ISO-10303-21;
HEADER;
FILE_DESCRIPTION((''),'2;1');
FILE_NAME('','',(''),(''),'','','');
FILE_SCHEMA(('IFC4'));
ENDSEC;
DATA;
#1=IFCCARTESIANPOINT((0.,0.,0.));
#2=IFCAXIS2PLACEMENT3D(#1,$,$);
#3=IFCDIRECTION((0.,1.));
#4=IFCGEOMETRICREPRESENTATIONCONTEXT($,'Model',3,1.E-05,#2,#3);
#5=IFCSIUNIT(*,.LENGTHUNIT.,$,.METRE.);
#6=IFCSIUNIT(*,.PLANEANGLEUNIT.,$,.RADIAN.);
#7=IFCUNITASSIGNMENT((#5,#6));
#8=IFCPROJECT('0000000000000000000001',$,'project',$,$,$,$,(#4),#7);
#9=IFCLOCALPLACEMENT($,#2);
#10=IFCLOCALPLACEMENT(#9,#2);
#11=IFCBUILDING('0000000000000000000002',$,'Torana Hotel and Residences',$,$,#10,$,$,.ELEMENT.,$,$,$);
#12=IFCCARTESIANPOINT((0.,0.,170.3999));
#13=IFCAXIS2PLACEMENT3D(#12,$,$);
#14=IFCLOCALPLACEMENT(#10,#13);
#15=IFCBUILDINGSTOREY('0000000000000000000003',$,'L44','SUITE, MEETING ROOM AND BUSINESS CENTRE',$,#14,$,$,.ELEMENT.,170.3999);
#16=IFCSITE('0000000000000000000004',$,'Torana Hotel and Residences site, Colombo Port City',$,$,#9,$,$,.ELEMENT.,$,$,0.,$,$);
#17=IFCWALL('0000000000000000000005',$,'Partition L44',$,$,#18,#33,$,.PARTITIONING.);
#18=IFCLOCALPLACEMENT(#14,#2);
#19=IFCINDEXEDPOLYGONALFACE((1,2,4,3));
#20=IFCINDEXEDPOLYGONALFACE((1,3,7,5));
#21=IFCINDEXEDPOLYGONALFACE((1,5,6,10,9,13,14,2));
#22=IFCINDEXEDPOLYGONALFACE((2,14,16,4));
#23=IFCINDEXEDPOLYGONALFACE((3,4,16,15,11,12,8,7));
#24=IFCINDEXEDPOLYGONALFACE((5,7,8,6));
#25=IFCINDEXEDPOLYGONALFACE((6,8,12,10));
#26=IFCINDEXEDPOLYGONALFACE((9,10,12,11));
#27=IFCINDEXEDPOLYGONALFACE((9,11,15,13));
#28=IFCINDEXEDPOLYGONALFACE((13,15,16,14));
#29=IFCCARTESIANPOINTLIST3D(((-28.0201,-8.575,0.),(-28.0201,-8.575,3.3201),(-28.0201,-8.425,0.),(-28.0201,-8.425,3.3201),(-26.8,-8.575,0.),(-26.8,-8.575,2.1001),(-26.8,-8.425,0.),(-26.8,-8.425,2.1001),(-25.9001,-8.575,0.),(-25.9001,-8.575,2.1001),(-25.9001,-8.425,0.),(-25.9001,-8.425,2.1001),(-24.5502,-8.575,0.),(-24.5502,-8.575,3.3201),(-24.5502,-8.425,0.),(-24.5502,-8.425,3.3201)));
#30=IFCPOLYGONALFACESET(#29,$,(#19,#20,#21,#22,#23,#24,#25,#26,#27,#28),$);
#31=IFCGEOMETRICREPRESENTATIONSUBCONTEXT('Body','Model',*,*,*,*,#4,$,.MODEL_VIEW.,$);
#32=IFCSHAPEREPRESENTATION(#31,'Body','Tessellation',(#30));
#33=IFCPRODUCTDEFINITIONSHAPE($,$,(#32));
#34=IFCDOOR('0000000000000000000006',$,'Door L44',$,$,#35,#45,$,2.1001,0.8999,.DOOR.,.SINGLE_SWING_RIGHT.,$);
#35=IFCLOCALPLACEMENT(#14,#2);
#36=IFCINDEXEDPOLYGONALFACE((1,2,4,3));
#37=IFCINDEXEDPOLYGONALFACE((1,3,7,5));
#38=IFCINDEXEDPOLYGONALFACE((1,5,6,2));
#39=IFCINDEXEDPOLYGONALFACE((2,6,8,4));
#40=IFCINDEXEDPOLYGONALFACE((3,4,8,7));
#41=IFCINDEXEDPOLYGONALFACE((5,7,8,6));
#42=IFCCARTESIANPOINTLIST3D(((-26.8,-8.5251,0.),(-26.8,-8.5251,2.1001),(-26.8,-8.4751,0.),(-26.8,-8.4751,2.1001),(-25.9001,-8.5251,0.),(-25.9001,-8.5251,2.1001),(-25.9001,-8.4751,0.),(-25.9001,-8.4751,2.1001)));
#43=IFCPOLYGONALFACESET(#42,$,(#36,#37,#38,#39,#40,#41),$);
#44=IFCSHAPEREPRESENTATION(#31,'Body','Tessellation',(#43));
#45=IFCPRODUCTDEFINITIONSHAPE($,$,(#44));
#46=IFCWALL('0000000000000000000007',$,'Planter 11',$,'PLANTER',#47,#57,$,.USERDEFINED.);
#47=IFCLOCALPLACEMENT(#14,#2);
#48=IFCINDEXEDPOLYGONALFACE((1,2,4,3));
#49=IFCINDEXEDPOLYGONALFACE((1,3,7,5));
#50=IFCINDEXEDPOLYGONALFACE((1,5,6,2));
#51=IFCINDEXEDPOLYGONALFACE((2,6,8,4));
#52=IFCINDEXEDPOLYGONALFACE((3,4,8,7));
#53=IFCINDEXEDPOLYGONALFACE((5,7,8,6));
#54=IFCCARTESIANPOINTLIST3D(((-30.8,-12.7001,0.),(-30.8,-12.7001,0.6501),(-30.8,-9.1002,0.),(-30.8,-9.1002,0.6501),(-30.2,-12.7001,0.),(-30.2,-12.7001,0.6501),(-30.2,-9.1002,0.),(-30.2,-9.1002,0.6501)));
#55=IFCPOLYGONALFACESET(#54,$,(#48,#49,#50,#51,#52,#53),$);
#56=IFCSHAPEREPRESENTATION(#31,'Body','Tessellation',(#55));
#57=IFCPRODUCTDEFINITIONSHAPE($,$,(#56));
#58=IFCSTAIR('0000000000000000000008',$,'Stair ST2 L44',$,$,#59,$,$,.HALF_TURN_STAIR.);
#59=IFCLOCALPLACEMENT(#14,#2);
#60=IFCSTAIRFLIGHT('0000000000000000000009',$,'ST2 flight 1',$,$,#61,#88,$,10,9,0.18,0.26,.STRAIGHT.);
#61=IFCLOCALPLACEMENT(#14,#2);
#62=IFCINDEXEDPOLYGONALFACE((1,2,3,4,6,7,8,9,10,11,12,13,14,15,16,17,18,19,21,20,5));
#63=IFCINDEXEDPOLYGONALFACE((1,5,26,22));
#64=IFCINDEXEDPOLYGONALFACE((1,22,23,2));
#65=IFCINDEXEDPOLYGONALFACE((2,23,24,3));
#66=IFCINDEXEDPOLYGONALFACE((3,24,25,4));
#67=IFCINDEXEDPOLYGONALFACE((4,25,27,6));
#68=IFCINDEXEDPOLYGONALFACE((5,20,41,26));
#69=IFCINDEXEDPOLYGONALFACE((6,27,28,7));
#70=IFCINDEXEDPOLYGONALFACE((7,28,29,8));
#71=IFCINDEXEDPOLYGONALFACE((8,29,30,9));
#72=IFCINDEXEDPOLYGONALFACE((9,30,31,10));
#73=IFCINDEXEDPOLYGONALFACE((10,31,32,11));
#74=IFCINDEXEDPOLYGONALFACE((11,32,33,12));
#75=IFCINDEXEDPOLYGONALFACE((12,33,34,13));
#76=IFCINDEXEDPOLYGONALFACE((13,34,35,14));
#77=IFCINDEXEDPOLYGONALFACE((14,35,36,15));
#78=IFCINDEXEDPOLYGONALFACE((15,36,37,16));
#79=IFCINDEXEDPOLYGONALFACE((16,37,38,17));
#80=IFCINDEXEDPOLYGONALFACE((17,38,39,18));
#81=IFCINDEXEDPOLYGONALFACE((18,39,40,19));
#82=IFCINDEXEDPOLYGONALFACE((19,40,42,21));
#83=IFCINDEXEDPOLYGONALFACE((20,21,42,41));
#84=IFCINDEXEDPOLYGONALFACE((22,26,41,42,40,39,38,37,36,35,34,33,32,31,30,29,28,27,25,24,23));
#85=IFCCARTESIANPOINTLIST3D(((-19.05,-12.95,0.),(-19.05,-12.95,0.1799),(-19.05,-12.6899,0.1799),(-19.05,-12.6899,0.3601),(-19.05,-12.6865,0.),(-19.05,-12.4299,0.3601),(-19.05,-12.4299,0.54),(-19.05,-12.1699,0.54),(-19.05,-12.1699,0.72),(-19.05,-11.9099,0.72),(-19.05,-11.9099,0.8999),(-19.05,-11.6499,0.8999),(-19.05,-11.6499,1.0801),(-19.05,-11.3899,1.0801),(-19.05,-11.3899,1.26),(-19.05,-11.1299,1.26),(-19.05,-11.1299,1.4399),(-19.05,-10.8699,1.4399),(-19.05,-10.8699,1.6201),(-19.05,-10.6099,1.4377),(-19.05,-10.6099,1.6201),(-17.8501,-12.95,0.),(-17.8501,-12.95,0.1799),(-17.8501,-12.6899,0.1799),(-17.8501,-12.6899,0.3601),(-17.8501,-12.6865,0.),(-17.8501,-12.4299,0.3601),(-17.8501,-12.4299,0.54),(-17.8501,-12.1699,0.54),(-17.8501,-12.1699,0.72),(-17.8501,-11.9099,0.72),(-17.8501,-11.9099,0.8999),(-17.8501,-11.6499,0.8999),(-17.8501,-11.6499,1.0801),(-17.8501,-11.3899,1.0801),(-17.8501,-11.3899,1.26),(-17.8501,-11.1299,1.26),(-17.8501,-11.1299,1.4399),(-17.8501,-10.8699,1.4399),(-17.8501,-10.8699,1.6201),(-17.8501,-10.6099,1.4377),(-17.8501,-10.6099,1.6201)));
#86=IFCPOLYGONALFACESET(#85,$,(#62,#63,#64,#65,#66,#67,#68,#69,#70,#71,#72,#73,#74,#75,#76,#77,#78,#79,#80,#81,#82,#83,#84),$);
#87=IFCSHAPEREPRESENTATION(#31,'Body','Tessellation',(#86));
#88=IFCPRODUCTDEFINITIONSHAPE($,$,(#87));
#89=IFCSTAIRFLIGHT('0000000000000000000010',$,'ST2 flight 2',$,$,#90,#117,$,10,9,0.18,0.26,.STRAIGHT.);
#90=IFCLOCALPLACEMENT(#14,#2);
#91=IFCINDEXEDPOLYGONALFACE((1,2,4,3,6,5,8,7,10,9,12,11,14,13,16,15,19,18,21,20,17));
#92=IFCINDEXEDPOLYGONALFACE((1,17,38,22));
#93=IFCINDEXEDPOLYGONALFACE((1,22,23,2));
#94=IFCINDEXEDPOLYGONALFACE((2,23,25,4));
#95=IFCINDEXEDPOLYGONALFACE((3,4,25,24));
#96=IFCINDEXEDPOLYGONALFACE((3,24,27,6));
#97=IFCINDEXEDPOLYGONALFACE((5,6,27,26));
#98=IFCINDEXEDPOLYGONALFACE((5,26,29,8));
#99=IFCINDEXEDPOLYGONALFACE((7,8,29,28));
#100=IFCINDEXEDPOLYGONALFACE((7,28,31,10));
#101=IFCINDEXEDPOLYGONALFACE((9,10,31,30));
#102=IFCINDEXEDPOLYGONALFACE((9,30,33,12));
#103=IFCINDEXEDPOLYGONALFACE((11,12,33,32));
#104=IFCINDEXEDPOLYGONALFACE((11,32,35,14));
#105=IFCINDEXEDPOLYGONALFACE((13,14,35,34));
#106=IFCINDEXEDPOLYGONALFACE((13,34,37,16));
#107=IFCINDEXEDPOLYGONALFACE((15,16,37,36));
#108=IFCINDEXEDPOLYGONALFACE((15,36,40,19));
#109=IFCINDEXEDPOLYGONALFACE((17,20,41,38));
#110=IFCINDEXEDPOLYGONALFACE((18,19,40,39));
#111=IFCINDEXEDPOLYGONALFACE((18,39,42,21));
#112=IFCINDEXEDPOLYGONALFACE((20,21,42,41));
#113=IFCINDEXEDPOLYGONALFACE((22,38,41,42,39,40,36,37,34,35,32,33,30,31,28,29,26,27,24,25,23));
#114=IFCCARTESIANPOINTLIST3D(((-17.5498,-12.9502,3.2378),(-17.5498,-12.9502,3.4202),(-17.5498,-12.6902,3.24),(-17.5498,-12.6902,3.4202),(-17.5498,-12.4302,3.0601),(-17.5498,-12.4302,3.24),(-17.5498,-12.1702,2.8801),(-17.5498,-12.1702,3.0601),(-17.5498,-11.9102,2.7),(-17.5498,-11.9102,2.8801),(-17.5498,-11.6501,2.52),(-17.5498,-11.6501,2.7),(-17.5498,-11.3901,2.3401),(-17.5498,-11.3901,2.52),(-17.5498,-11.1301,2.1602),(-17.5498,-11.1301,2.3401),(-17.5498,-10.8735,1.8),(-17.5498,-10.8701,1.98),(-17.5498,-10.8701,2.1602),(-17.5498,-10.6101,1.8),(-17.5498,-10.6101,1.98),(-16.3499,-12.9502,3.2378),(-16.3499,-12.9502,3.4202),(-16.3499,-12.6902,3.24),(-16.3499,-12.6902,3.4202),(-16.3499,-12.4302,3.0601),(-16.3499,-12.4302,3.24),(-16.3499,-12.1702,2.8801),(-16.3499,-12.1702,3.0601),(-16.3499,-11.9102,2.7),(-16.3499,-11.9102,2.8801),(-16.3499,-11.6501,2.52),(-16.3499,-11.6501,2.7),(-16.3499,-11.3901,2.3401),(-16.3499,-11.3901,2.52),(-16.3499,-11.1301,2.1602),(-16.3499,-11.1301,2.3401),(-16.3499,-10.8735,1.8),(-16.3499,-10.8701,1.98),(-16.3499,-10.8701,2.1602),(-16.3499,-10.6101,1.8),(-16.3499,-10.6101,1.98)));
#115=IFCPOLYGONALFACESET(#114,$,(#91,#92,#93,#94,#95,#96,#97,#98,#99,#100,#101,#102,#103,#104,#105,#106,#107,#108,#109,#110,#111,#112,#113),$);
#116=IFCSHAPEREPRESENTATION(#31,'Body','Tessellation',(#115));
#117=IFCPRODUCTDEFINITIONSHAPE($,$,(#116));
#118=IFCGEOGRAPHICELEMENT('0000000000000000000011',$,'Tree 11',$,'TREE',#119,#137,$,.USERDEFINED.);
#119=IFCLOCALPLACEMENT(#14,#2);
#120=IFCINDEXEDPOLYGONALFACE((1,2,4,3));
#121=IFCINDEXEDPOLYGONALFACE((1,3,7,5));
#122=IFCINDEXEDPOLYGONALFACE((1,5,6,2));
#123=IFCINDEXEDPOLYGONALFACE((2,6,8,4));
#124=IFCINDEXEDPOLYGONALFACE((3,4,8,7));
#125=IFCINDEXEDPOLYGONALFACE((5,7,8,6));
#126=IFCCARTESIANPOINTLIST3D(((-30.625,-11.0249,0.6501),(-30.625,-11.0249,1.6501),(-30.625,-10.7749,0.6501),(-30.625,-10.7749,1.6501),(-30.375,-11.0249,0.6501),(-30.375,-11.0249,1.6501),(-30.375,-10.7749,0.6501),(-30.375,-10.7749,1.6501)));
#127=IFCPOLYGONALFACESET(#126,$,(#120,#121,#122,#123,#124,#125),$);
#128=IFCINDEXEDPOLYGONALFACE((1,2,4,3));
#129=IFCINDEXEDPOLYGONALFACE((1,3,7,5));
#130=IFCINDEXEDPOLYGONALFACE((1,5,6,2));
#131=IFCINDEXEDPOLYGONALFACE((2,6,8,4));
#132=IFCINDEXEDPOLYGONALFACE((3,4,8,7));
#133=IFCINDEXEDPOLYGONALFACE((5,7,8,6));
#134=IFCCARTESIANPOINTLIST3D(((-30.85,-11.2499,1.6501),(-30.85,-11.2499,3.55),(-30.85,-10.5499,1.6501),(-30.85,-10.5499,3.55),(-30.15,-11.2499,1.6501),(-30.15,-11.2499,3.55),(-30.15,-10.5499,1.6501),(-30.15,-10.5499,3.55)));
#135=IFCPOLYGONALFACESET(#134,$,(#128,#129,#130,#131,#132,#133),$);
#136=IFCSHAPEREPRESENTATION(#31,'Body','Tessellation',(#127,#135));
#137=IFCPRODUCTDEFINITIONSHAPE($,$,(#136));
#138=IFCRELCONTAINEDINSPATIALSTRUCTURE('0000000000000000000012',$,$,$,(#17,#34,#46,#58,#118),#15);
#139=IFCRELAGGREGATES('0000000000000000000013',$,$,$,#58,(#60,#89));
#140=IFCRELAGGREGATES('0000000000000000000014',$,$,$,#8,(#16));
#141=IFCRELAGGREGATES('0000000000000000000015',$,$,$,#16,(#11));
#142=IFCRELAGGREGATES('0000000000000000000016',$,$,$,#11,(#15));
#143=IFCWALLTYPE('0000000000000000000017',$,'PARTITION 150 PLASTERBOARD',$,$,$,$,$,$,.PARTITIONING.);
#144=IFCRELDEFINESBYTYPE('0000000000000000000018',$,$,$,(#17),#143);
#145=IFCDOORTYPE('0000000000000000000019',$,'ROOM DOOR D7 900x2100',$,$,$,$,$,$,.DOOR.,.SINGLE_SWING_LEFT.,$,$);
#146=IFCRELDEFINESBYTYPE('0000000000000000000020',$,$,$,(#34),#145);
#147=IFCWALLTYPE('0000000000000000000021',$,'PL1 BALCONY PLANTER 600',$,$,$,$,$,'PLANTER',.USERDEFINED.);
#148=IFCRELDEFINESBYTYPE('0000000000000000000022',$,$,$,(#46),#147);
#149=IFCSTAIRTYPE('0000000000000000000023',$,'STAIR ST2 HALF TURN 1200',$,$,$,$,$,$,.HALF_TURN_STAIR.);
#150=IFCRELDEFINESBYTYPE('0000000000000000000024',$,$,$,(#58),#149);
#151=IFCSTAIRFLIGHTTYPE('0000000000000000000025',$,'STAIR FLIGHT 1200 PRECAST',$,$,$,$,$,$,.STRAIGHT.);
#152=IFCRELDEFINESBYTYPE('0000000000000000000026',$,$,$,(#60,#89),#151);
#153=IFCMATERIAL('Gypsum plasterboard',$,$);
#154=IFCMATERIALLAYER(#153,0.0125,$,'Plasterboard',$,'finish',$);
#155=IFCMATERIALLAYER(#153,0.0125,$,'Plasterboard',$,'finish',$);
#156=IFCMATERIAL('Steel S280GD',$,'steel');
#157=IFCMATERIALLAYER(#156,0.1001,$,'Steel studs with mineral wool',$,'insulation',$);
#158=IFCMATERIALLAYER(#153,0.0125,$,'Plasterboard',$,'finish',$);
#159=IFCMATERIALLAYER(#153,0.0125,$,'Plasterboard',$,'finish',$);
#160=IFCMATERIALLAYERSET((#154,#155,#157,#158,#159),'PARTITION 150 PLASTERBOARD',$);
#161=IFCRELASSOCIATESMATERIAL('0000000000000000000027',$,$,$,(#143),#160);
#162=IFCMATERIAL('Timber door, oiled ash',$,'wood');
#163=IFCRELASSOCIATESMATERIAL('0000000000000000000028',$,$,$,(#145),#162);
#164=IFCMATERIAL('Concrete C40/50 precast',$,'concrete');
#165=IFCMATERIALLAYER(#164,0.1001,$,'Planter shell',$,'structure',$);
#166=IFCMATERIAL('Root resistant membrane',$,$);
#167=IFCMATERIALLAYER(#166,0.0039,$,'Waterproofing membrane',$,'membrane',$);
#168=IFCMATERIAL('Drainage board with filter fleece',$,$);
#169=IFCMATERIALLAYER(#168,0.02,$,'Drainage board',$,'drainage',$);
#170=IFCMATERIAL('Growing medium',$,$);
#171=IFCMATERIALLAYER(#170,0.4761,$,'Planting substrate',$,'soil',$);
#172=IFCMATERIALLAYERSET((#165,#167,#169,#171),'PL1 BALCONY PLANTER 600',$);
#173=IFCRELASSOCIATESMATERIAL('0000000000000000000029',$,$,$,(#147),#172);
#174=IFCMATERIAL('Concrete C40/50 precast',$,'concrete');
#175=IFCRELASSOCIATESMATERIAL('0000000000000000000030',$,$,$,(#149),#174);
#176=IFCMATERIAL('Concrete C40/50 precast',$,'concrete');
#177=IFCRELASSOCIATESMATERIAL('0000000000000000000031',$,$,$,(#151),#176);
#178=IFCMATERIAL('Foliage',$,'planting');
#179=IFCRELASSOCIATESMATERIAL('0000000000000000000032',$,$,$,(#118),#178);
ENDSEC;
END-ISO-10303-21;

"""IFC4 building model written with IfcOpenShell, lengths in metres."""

from ifc_helpers import new_model, si_unit, direction, frame, frame_2d, origin, origin_2d, place, context, subcontext, project, spatial, polyline, rectangle, outline, extrude, material, layer, layer_set, type_object, element, fill, aggregate, save


model = new_model("IFC4")

# Units and contexts
model_context = context("Model", 3, precision=1e-05, world=origin(), true_north=direction((0.0, 1.0)))
body_context = subcontext(model_context, "Body", "Model", "MODEL_VIEW")
ifc_project = project(units=[si_unit("LENGTHUNIT", "METRE"), si_unit("PLANEANGLEUNIT", "RADIAN")], contexts=[model_context])

# Site, building, storey
site_placement = place(None, origin())
site = spatial("IfcSite", under=ifc_project, at=site_placement, Name="Torana Hotel and Residences site, Colombo Port City", CompositionType="ELEMENT", RefElevation=0.0)
building_placement = place(site_placement, origin())
building = spatial("IfcBuilding", under=site, at=building_placement, Name="Torana Hotel and Residences", CompositionType="ELEMENT")
storey_placement = place(building_placement, frame((0.0, 0.0, 170.3999)))
storey = spatial("IfcBuildingStorey", under=building, at=storey_placement, Name="L44", Description="SUITE, MEETING ROOM AND BUSINESS CENTRE", CompositionType="ELEMENT", Elevation=170.3999)

# Shared definitions
ifc_material_1 = material(Name="Steel S280GD", Category="steel")

# Wall, opening, door
ifc_material_2 = material(Name="Gypsum plasterboard")
ifc_layer_1 = layer(ifc_material_2, 0.0125, Name="Plasterboard", Category="finish")
ifc_layer_2 = layer(ifc_material_2, 0.0125, Name="Plasterboard", Category="finish")
ifc_layer_3 = layer(ifc_material_1, 0.1001, Name="Steel studs with mineral wool", Category="insulation")
ifc_layer_4 = layer(ifc_material_2, 0.0125, Name="Plasterboard", Category="finish")
ifc_layer_5 = layer(ifc_material_2, 0.0125, Name="Plasterboard", Category="finish")
ifc_layer_set_1 = layer_set([ifc_layer_1, ifc_layer_2, ifc_layer_3, ifc_layer_4, ifc_layer_5], Name="PARTITION 150 PLASTERBOARD")
wall_type_1 = type_object("IfcWallType", Name="PARTITION 150 PLASTERBOARD", PredefinedType="PARTITIONING", material=ifc_layer_set_1)
wall_1_placement = place(storey_placement, frame((-28.02, -8.5, 0.0), z_axis=(0.0, 0.0, 1.0), x_axis=(1.0, 0.0, 0.0)))
wall_1 = element("IfcWall", 1, at=wall_1_placement, inside=storey, type_object=wall_type_1, Name="Partition L44", PredefinedType="PARTITIONING", context=body_context, shape_type="SweptSolid", body=[
    extrude(rectangle(XDim=3.47, YDim=0.1499, at=frame_2d((1.7349, 0.0))), origin(), (0.0, 0.0, 1.0), 3.3201),
])
opening_1_placement = place(wall_1_placement, frame((1.22, 0.0, 0.0)))
opening_1 = element("IfcOpeningElement", 2, at=opening_1_placement, cuts=wall_1, PredefinedType="OPENING", context=body_context, shape_type="SweptSolid", body=[
    extrude(rectangle(XDim=0.8999, YDim=2.1001, at=frame_2d((0.45, 1.05))), frame((0.0, 0.085, 0.0), z_axis=(0.0, -1.0, 0.0), x_axis=(1.0, 0.0, 0.0)), (0.0, 0.0, 1.0), 0.1699),
])
ifc_material_3 = material(Name="Timber door, oiled ash", Category="wood")
door_type_1 = type_object("IfcDoorType", Name="ROOM DOOR D7 900x2100", OperationType="SINGLE_SWING_LEFT", PredefinedType="DOOR", material=ifc_material_3)
door_1_placement = place(opening_1_placement, origin())
door_1 = element("IfcDoor", 3, at=door_1_placement, inside=storey, type_object=door_type_1, Name="Door L44", OperationType="SINGLE_SWING_RIGHT", OverallHeight=2.1001, OverallWidth=0.8999, PredefinedType="DOOR", context=body_context, shape_type="SweptSolid", body=[
    extrude(rectangle(XDim=0.8999, YDim=2.1001, at=frame_2d((0.45, 1.05))), frame((0.0, 0.0249, 0.0), z_axis=(0.0, -1.0, 0.0), x_axis=(1.0, 0.0, 0.0)), (0.0, 0.0, 1.0), 0.05),
])
fill(opening_1, door_1)

# Wall
ifc_material_4 = material(Name="Concrete C40/50 precast", Category="concrete")
ifc_layer_6 = layer(ifc_material_4, 0.1001, Name="Planter shell", Category="structure")
ifc_material_5 = material(Name="Root resistant membrane")
ifc_layer_7 = layer(ifc_material_5, 0.0039, Name="Waterproofing membrane", Category="membrane")
ifc_material_6 = material(Name="Drainage board with filter fleece")
ifc_layer_8 = layer(ifc_material_6, 0.02, Name="Drainage board", Category="drainage")
ifc_material_7 = material(Name="Growing medium")
ifc_layer_9 = layer(ifc_material_7, 0.4761, Name="Planting substrate", Category="soil")
ifc_layer_set_2 = layer_set([ifc_layer_6, ifc_layer_7, ifc_layer_8, ifc_layer_9], Name="PL1 BALCONY PLANTER 600")
wall_type_2 = type_object("IfcWallType", Name="PL1 BALCONY PLANTER 600", ElementType="PLANTER", PredefinedType="USERDEFINED", material=ifc_layer_set_2)
wall_2_placement = place(storey_placement, frame((-30.5, -12.7, 0.0), z_axis=(0.0, 0.0, 1.0), x_axis=(0.0, 1.0, 0.0)))
element("IfcWall", 4, at=wall_2_placement, inside=storey, type_object=wall_type_2, Name="Planter 11", ObjectType="PLANTER", PredefinedType="USERDEFINED", context=body_context, shape_type="SweptSolid", body=[
    extrude(rectangle(XDim=3.5999, YDim=0.6001, at=frame_2d((1.7998, 0.0))), origin(), (0.0, 0.0, 1.0), 0.6501),
])

# Stair, stair flights
ifc_material_8 = material(Name="Concrete C40/50 precast", Category="concrete")
stair_type = type_object("IfcStairType", Name="STAIR ST2 HALF TURN 1200", PredefinedType="HALF_TURN_STAIR", material=ifc_material_8)
stair_placement = place(storey_placement, origin())
stair = element("IfcStair", 5, at=stair_placement, inside=storey, type_object=stair_type, Name="Stair ST2 L44", PredefinedType="HALF_TURN_STAIR")
ifc_material_9 = material(Name="Concrete C40/50 precast", Category="concrete")
stair_flight_type = type_object("IfcStairFlightType", Name="STAIR FLIGHT 1200 PRECAST", PredefinedType="STRAIGHT", material=ifc_material_9)
stair_flight_1_placement = place(storey_placement, frame((-18.45, -12.95, 0.0), z_axis=(0.0, 0.0, 1.0), x_axis=(0.0, 1.0, 0.0)))
stair_flight_1 = element("IfcStairFlight", 6, at=stair_flight_1_placement, type_object=stair_flight_type, Name="ST2 flight 1", NumberOfRisers=10, NumberOfTreads=9, PredefinedType="STRAIGHT", RiserHeight=0.18, TreadLength=0.26, context=body_context, shape_type="SweptSolid", body=[
    extrude(outline(polyline([(0.0, 0.0), (0.0, 0.1799), (0.26, 0.1799), (0.26, 0.3601), (0.52, 0.3601), (0.52, 0.54), (0.78, 0.54), (0.78, 0.72), (1.04, 0.72), (1.04, 0.8999), (1.3, 0.8999), (1.3, 1.0801), (1.5601, 1.0801), (1.5601, 1.26), (1.8201, 1.26), (1.8201, 1.4399), (2.0801, 1.4399), (2.0801, 1.6201), (2.3401, 1.6201), (2.3401, 1.8), (2.3401, 1.4377), (0.2634, 0.0), (0.0, 0.0)])), frame((0.0, 0.6001, 0.0), z_axis=(0.0, -1.0, 0.0), x_axis=(1.0, 0.0, 0.0)), (0.0, 0.0, 1.0), 1.2),
])
stair_flight_2_placement = place(storey_placement, frame((-16.95, -10.6101, 1.8), z_axis=(0.0, 0.0, 1.0), x_axis=(0.0, -1.0, 0.0)))
stair_flight_2 = element("IfcStairFlight", 7, at=stair_flight_2_placement, type_object=stair_flight_type, Name="ST2 flight 2", NumberOfRisers=10, NumberOfTreads=9, PredefinedType="STRAIGHT", RiserHeight=0.18, TreadLength=0.26, context=body_context, shape_type="SweptSolid", body=[
    extrude(outline(polyline([(0.0, 0.0), (0.0, 0.1799), (0.26, 0.1799), (0.26, 0.3601), (0.52, 0.3601), (0.52, 0.54), (0.78, 0.54), (0.78, 0.72), (1.04, 0.72), (1.04, 0.8999), (1.3, 0.8999), (1.3, 1.0801), (1.5601, 1.0801), (1.5601, 1.26), (1.8201, 1.26), (1.8201, 1.4399), (2.0801, 1.4399), (2.0801, 1.6201), (2.3401, 1.6201), (2.3401, 1.8), (2.3401, 1.4377), (0.2634, 0.0), (0.0, 0.0)])), frame((0.0, 0.6001, 0.0), z_axis=(0.0, -1.0, 0.0), x_axis=(1.0, 0.0, 0.0)), (0.0, 0.0, 1.0), 1.2),
])
aggregate(stair, [stair_flight_1, stair_flight_2])

# Geographic element
ifc_material_10 = material(Name="Foliage", Category="planting")
geographic_element_placement = place(storey_placement, frame((-30.5, -10.8999, 0.6501), z_axis=(0.0, 0.0, 1.0), x_axis=(1.0, 0.0, 0.0)))
element("IfcGeographicElement", 8, at=geographic_element_placement, inside=storey, material=ifc_material_10, Name="Tree 11", ObjectType="TREE", PredefinedType="USERDEFINED", context=body_context, shape_type="SweptSolid", body=[
    extrude(rectangle(XDim=0.25, YDim=0.25, at=origin_2d()), origin(), (0.0, 0.0, 1.0), 1.0),
    extrude(rectangle(XDim=0.7, YDim=0.7, at=origin_2d()), frame((0.0, 0.0, 1.0)), (0.0, 0.0, 1.0), 1.8999),
])

save(model, "model.ifc")
